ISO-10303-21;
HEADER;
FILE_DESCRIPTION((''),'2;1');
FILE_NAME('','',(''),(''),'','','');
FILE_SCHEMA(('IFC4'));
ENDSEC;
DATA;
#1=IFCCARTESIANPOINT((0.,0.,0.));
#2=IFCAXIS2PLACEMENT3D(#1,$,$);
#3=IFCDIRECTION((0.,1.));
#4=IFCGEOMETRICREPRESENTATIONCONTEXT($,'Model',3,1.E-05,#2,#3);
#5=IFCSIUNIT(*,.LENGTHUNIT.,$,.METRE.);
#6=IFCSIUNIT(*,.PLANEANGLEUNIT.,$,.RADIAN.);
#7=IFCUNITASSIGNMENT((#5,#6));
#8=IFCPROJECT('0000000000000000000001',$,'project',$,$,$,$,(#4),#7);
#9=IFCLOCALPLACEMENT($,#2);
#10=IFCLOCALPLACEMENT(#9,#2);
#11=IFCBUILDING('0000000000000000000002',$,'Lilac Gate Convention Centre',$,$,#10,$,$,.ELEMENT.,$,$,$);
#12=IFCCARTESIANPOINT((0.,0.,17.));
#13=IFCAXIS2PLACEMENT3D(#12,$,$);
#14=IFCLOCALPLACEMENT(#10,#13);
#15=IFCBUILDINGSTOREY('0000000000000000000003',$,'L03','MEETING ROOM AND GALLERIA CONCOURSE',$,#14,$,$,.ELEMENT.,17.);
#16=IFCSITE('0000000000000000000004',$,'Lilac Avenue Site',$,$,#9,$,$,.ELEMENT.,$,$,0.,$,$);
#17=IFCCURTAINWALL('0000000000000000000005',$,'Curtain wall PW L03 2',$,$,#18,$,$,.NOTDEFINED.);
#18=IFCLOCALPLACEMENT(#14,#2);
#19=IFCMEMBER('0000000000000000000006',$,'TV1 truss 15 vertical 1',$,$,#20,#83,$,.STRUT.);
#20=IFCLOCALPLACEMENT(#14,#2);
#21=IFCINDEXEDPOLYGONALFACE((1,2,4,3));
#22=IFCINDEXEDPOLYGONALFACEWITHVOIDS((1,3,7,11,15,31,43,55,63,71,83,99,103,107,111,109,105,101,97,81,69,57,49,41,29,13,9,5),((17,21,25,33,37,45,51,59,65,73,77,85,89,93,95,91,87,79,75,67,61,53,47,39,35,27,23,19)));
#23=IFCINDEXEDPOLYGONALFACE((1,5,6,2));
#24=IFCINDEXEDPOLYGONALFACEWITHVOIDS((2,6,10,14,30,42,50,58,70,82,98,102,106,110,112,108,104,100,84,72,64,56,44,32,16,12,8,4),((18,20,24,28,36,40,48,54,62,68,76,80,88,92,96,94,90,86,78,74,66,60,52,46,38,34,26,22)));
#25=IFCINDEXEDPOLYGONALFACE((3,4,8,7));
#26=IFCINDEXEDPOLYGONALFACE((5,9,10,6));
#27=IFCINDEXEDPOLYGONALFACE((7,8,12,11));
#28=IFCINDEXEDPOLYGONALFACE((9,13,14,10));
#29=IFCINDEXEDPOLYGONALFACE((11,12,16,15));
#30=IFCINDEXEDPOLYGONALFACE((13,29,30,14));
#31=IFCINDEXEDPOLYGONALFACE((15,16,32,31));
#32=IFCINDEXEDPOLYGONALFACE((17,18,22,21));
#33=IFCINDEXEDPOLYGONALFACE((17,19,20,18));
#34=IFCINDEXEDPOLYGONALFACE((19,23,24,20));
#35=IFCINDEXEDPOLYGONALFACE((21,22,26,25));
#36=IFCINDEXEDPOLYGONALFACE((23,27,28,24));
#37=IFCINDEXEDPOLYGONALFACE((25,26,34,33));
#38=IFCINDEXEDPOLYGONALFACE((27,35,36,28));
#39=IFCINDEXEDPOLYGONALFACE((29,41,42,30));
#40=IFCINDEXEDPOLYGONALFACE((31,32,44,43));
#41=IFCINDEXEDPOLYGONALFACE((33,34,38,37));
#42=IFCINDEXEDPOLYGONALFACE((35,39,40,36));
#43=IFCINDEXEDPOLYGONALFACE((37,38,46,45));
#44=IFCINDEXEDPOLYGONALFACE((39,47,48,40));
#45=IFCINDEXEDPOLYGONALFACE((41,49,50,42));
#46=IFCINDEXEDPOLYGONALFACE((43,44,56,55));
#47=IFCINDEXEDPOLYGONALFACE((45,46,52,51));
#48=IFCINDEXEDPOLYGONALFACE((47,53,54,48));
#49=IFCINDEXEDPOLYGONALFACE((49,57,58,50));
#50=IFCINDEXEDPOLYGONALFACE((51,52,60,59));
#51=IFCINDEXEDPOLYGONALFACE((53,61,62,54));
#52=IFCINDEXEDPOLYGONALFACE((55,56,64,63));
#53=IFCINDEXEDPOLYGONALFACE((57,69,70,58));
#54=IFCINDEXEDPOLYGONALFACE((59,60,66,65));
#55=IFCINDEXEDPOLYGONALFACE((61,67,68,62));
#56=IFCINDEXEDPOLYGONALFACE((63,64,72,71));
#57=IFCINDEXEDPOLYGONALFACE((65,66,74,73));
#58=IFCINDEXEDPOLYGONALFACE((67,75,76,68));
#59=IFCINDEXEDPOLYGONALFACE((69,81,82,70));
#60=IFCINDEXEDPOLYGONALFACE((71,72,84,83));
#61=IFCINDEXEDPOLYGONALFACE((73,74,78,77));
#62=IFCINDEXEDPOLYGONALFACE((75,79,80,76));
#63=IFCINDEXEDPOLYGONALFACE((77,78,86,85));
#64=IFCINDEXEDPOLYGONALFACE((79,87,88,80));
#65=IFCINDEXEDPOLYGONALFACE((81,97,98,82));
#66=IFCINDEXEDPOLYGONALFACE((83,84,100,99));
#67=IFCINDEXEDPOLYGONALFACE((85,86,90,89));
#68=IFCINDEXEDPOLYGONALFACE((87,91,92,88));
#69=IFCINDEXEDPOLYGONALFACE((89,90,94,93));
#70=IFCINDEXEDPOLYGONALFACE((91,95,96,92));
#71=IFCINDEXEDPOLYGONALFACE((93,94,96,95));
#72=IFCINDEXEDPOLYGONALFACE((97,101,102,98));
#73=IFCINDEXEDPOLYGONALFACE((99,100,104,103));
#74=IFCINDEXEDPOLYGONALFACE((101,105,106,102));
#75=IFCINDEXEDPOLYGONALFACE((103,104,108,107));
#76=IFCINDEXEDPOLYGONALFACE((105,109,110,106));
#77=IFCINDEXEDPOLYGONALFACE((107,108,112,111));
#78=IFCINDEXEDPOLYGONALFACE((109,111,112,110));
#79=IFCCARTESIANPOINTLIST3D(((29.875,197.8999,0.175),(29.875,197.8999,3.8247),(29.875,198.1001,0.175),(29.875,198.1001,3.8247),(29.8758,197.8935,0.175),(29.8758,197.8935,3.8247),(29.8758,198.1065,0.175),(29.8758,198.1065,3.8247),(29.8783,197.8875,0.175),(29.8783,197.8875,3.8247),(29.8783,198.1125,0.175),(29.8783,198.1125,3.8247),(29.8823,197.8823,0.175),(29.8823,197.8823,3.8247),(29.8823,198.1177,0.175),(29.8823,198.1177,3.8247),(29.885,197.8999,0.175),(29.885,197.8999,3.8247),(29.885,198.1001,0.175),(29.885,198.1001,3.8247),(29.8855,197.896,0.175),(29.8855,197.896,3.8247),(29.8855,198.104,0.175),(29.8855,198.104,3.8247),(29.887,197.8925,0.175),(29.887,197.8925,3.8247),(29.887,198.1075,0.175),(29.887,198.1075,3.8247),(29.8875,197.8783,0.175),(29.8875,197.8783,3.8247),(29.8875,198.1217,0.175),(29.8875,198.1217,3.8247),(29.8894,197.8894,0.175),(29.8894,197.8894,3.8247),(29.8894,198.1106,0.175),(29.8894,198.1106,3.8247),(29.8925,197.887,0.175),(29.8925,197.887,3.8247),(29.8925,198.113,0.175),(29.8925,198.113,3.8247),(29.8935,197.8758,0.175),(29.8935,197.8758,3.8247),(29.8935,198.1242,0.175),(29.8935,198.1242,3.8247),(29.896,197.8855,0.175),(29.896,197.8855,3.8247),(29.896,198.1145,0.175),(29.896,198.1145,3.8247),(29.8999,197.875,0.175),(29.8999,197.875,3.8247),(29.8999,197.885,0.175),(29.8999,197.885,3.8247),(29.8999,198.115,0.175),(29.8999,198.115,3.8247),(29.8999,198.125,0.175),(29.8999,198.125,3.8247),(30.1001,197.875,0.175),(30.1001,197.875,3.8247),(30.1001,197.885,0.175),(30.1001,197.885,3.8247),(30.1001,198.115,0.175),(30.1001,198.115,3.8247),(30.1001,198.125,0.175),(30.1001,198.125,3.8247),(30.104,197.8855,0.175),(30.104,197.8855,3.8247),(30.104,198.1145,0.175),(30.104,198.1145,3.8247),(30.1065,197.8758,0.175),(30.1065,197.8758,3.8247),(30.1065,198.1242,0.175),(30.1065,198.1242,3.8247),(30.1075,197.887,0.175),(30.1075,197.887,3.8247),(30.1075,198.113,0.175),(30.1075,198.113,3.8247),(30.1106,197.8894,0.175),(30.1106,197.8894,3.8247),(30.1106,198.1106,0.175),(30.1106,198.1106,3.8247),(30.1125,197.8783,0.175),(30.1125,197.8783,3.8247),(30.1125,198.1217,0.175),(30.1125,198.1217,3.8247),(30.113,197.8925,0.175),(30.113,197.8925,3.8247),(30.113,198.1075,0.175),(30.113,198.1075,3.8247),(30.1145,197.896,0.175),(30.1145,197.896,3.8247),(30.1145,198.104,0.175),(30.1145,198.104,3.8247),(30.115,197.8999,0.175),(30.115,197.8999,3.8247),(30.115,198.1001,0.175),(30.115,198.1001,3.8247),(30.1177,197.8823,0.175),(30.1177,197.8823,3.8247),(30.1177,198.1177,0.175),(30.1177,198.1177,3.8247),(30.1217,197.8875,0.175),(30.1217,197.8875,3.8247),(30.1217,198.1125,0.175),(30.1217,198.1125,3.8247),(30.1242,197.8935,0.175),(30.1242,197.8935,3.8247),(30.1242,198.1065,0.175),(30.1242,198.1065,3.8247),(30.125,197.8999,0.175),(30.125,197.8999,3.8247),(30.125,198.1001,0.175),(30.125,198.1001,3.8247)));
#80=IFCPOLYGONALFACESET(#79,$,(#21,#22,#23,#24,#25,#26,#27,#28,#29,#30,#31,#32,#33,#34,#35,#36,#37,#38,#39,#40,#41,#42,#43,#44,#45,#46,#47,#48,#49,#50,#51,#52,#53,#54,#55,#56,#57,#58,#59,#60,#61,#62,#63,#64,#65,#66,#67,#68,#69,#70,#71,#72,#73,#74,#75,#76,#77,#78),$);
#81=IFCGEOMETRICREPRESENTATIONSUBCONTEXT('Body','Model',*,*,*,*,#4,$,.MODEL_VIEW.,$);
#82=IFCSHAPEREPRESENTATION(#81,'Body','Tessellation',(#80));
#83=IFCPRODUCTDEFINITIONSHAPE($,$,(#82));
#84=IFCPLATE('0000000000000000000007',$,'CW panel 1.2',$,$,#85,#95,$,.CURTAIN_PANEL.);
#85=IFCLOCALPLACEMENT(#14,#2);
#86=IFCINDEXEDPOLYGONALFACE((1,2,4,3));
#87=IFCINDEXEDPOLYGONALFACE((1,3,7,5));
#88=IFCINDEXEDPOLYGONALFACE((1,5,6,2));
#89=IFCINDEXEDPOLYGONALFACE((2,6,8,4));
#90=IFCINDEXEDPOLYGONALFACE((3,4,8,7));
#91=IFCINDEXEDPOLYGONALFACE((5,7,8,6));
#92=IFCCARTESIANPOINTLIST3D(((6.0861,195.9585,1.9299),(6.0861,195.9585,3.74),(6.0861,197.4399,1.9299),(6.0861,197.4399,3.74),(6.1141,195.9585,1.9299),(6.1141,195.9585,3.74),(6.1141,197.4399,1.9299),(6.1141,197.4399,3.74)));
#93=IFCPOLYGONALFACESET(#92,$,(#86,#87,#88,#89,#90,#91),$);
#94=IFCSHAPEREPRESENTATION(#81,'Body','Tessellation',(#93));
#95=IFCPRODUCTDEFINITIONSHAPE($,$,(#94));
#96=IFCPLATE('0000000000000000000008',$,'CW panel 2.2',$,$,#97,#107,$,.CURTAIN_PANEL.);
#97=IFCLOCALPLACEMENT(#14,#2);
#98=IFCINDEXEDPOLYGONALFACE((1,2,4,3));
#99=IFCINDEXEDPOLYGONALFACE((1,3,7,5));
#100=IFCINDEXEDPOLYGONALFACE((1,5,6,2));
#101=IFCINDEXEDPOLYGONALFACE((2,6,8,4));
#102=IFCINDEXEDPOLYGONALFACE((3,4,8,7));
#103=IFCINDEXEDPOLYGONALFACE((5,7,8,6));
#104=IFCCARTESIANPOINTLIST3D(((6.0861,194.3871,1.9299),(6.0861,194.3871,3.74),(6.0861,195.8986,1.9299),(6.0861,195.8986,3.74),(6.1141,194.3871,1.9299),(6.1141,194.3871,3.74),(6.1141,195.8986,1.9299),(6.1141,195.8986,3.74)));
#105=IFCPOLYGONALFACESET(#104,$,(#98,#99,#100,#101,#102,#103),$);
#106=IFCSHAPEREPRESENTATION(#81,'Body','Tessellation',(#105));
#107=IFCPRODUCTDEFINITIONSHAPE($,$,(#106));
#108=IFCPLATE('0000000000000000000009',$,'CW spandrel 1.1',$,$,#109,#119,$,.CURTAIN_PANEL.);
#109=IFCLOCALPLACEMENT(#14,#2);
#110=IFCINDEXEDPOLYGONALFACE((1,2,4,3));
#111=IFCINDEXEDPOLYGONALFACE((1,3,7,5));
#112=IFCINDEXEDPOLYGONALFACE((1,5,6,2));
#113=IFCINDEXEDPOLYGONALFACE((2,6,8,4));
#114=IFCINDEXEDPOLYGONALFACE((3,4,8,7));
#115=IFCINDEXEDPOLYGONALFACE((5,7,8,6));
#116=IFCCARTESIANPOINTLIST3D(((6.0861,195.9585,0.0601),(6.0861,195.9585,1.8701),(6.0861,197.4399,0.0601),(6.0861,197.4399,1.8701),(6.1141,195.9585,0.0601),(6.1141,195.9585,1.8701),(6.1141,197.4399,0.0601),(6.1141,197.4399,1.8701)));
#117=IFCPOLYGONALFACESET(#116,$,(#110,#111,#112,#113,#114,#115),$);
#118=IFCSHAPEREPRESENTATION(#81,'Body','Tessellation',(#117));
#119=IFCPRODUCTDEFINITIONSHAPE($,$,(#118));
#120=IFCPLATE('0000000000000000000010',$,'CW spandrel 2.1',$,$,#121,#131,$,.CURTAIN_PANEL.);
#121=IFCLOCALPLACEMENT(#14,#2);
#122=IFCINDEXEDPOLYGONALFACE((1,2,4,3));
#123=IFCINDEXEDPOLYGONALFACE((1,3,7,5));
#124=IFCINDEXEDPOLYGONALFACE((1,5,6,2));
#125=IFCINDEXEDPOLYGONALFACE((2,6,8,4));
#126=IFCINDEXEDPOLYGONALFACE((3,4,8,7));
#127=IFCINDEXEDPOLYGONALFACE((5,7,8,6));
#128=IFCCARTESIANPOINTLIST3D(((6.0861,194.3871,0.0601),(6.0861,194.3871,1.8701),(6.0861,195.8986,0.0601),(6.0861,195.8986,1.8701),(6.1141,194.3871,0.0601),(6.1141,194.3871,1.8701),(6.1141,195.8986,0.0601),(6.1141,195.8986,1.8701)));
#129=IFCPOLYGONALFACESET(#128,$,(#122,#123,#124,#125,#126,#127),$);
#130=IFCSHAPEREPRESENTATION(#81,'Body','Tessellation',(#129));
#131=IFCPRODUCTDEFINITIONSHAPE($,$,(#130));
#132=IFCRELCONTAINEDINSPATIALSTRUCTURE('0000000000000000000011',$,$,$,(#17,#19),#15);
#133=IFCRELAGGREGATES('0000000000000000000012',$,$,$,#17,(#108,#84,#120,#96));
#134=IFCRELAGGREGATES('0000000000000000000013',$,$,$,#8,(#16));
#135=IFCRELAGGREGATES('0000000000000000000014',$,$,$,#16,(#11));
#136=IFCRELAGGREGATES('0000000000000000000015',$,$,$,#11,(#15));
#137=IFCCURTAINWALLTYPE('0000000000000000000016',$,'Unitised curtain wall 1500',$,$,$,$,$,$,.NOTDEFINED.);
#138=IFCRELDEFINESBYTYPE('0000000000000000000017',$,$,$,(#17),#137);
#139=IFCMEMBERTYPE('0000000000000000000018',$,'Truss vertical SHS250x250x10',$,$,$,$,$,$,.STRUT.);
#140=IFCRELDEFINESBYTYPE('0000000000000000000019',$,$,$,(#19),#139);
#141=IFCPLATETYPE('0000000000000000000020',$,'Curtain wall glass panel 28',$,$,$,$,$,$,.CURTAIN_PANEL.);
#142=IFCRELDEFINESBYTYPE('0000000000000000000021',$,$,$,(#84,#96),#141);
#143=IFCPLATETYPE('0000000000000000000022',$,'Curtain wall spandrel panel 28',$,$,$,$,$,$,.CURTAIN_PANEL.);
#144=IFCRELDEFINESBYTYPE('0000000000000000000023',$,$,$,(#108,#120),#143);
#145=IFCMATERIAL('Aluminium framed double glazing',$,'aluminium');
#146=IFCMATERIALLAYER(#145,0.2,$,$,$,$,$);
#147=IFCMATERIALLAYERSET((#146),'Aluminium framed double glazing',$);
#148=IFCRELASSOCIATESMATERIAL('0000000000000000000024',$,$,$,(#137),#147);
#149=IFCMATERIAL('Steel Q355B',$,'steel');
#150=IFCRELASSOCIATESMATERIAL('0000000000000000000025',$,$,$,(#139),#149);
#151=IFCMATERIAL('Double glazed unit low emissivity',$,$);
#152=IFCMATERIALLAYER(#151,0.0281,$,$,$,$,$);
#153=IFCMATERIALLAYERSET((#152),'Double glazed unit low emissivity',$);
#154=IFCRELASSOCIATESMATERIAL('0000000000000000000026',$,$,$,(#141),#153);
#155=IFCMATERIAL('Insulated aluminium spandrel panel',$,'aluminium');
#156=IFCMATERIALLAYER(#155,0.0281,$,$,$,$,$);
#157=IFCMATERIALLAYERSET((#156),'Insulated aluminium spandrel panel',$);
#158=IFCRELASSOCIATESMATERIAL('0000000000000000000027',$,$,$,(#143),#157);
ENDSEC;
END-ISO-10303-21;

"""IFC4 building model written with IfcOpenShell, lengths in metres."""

from ifc_helpers import new_model, si_unit, direction, frame, origin, origin_2d, place, context, subcontext, project, spatial, rectangle, hollow_rectangle, extrude, material, layer, layer_set, material_profile, profile_set, type_object, element, aggregate, save


model = new_model("IFC4")

# Units and contexts
model_context = context("Model", 3, precision=1e-05, world=origin(), true_north=direction((0.0, 1.0)))
body_context = subcontext(model_context, "Body", "Model", "MODEL_VIEW")
ifc_project = project(units=[si_unit("LENGTHUNIT", "METRE"), si_unit("PLANEANGLEUNIT", "RADIAN")], contexts=[model_context])

# Site, building, storey
site_placement = place(None, origin())
site = spatial("IfcSite", under=ifc_project, at=site_placement, Name="Lilac Avenue Site", CompositionType="ELEMENT", RefElevation=0.0)
building_placement = place(site_placement, origin())
building = spatial("IfcBuilding", under=site, at=building_placement, Name="Lilac Gate Convention Centre", CompositionType="ELEMENT")
storey_placement = place(building_placement, frame((0.0, 0.0, 17.0)))
storey = spatial("IfcBuildingStorey", under=building, at=storey_placement, Name="L03", Description="MEETING ROOM AND GALLERIA CONCOURSE", CompositionType="ELEMENT", Elevation=17.0)

# Curtain wall
ifc_material_1 = material(Name="Aluminium framed double glazing", Category="aluminium")
ifc_layer_1 = layer(ifc_material_1, 0.2)
ifc_layer_set_1 = layer_set([ifc_layer_1], Name="Aluminium framed double glazing")
curtain_wall_type = type_object("IfcCurtainWallType", Name="Unitised curtain wall 1500", PredefinedType="NOTDEFINED", material=ifc_layer_set_1)
curtain_wall_placement = place(storey_placement, origin())
curtain_wall = element("IfcCurtainWall", 1, at=curtain_wall_placement, inside=storey, type_object=curtain_wall_type, Name="Curtain wall PW L03 2", PredefinedType="NOTDEFINED")

# Shared definitions
ifc_material_2 = material(Name="Steel Q355B", Category="steel")

# Member
ifc_material_profile_1 = material_profile(ifc_material_2, hollow_rectangle(XDim=0.25, YDim=0.25, WallThickness=0.01, InnerFilletRadius=0.0149, OuterFilletRadius=0.0249, at=origin_2d()), Name="SHS250x250x10")
ifc_profile_set_1 = profile_set([ifc_material_profile_1], Name="Steel Q355B")
member_type_1 = type_object("IfcMemberType", Name="Truss vertical SHS250x250x10", PredefinedType="STRUT", material=ifc_profile_set_1)
member_1_placement = place(storey_placement, frame((30.0, 198.0, 0.175), z_axis=(0.0, 0.0, 1.0), x_axis=(1.0, 0.0, 0.0)))
element("IfcMember", 2, at=member_1_placement, inside=storey, type_object=member_type_1, Name="TV1 truss 15 vertical 1", PredefinedType="STRUT", context=body_context, shape_type="SweptSolid", body=[
    extrude(hollow_rectangle(XDim=0.25, YDim=0.25, WallThickness=0.01, InnerFilletRadius=0.0149, OuterFilletRadius=0.0249, at=origin_2d()), origin(), (0.0, 0.0, 1.0), 3.6497),
])

# Plates
ifc_material_3 = material(Name="Double glazed unit low emissivity")
ifc_layer_2 = layer(ifc_material_3, 0.0281)
ifc_layer_set_2 = layer_set([ifc_layer_2], Name="Double glazed unit low emissivity")
plate_type_1 = type_object("IfcPlateType", Name="Curtain wall glass panel 28", PredefinedType="CURTAIN_PANEL", material=ifc_layer_set_2)
plate_1_placement = place(storey_placement, frame((6.1001, 196.6992, 1.9299), z_axis=(0.0, 0.0, 1.0), x_axis=(0.0, -1.0, 0.0)))
plate_1 = element("IfcPlate", 3, at=plate_1_placement, type_object=plate_type_1, Name="CW panel 1.2", PredefinedType="CURTAIN_PANEL", context=body_context, shape_type="SweptSolid", body=[
    extrude(rectangle(XDim=1.4814, YDim=0.0281, at=origin_2d()), origin(), (0.0, 0.0, 1.0), 1.8101),
])
plate_2_placement = place(storey_placement, frame((6.1001, 195.1428, 1.9299), z_axis=(0.0, 0.0, 1.0), x_axis=(0.0, -1.0, 0.0)))
plate_2 = element("IfcPlate", 4, at=plate_2_placement, type_object=plate_type_1, Name="CW panel 2.2", PredefinedType="CURTAIN_PANEL", context=body_context, shape_type="SweptSolid", body=[
    extrude(rectangle(XDim=1.5115, YDim=0.0281, at=origin_2d()), origin(), (0.0, 0.0, 1.0), 1.8101),
])
ifc_material_4 = material(Name="Insulated aluminium spandrel panel", Category="aluminium")
ifc_layer_3 = layer(ifc_material_4, 0.0281)
ifc_layer_set_3 = layer_set([ifc_layer_3], Name="Insulated aluminium spandrel panel")
plate_type_2 = type_object("IfcPlateType", Name="Curtain wall spandrel panel 28", PredefinedType="CURTAIN_PANEL", material=ifc_layer_set_3)
plate_3_placement = place(storey_placement, frame((6.1001, 196.6992, 0.0601), z_axis=(0.0, 0.0, 1.0), x_axis=(0.0, -1.0, 0.0)))
plate_3 = element("IfcPlate", 5, at=plate_3_placement, type_object=plate_type_2, Name="CW spandrel 1.1", PredefinedType="CURTAIN_PANEL", context=body_context, shape_type="SweptSolid", body=[
    extrude(rectangle(XDim=1.4814, YDim=0.0281, at=origin_2d()), origin(), (0.0, 0.0, 1.0), 1.8101),
])
plate_4_placement = place(storey_placement, frame((6.1001, 195.1428, 0.0601), z_axis=(0.0, 0.0, 1.0), x_axis=(0.0, -1.0, 0.0)))
plate_4 = element("IfcPlate", 6, at=plate_4_placement, type_object=plate_type_2, Name="CW spandrel 2.1", PredefinedType="CURTAIN_PANEL", context=body_context, shape_type="SweptSolid", body=[
    extrude(rectangle(XDim=1.5115, YDim=0.0281, at=origin_2d()), origin(), (0.0, 0.0, 1.0), 1.8101),
])
aggregate(curtain_wall, [plate_3, plate_1, plate_4, plate_2])

save(model, "model.ifc")
